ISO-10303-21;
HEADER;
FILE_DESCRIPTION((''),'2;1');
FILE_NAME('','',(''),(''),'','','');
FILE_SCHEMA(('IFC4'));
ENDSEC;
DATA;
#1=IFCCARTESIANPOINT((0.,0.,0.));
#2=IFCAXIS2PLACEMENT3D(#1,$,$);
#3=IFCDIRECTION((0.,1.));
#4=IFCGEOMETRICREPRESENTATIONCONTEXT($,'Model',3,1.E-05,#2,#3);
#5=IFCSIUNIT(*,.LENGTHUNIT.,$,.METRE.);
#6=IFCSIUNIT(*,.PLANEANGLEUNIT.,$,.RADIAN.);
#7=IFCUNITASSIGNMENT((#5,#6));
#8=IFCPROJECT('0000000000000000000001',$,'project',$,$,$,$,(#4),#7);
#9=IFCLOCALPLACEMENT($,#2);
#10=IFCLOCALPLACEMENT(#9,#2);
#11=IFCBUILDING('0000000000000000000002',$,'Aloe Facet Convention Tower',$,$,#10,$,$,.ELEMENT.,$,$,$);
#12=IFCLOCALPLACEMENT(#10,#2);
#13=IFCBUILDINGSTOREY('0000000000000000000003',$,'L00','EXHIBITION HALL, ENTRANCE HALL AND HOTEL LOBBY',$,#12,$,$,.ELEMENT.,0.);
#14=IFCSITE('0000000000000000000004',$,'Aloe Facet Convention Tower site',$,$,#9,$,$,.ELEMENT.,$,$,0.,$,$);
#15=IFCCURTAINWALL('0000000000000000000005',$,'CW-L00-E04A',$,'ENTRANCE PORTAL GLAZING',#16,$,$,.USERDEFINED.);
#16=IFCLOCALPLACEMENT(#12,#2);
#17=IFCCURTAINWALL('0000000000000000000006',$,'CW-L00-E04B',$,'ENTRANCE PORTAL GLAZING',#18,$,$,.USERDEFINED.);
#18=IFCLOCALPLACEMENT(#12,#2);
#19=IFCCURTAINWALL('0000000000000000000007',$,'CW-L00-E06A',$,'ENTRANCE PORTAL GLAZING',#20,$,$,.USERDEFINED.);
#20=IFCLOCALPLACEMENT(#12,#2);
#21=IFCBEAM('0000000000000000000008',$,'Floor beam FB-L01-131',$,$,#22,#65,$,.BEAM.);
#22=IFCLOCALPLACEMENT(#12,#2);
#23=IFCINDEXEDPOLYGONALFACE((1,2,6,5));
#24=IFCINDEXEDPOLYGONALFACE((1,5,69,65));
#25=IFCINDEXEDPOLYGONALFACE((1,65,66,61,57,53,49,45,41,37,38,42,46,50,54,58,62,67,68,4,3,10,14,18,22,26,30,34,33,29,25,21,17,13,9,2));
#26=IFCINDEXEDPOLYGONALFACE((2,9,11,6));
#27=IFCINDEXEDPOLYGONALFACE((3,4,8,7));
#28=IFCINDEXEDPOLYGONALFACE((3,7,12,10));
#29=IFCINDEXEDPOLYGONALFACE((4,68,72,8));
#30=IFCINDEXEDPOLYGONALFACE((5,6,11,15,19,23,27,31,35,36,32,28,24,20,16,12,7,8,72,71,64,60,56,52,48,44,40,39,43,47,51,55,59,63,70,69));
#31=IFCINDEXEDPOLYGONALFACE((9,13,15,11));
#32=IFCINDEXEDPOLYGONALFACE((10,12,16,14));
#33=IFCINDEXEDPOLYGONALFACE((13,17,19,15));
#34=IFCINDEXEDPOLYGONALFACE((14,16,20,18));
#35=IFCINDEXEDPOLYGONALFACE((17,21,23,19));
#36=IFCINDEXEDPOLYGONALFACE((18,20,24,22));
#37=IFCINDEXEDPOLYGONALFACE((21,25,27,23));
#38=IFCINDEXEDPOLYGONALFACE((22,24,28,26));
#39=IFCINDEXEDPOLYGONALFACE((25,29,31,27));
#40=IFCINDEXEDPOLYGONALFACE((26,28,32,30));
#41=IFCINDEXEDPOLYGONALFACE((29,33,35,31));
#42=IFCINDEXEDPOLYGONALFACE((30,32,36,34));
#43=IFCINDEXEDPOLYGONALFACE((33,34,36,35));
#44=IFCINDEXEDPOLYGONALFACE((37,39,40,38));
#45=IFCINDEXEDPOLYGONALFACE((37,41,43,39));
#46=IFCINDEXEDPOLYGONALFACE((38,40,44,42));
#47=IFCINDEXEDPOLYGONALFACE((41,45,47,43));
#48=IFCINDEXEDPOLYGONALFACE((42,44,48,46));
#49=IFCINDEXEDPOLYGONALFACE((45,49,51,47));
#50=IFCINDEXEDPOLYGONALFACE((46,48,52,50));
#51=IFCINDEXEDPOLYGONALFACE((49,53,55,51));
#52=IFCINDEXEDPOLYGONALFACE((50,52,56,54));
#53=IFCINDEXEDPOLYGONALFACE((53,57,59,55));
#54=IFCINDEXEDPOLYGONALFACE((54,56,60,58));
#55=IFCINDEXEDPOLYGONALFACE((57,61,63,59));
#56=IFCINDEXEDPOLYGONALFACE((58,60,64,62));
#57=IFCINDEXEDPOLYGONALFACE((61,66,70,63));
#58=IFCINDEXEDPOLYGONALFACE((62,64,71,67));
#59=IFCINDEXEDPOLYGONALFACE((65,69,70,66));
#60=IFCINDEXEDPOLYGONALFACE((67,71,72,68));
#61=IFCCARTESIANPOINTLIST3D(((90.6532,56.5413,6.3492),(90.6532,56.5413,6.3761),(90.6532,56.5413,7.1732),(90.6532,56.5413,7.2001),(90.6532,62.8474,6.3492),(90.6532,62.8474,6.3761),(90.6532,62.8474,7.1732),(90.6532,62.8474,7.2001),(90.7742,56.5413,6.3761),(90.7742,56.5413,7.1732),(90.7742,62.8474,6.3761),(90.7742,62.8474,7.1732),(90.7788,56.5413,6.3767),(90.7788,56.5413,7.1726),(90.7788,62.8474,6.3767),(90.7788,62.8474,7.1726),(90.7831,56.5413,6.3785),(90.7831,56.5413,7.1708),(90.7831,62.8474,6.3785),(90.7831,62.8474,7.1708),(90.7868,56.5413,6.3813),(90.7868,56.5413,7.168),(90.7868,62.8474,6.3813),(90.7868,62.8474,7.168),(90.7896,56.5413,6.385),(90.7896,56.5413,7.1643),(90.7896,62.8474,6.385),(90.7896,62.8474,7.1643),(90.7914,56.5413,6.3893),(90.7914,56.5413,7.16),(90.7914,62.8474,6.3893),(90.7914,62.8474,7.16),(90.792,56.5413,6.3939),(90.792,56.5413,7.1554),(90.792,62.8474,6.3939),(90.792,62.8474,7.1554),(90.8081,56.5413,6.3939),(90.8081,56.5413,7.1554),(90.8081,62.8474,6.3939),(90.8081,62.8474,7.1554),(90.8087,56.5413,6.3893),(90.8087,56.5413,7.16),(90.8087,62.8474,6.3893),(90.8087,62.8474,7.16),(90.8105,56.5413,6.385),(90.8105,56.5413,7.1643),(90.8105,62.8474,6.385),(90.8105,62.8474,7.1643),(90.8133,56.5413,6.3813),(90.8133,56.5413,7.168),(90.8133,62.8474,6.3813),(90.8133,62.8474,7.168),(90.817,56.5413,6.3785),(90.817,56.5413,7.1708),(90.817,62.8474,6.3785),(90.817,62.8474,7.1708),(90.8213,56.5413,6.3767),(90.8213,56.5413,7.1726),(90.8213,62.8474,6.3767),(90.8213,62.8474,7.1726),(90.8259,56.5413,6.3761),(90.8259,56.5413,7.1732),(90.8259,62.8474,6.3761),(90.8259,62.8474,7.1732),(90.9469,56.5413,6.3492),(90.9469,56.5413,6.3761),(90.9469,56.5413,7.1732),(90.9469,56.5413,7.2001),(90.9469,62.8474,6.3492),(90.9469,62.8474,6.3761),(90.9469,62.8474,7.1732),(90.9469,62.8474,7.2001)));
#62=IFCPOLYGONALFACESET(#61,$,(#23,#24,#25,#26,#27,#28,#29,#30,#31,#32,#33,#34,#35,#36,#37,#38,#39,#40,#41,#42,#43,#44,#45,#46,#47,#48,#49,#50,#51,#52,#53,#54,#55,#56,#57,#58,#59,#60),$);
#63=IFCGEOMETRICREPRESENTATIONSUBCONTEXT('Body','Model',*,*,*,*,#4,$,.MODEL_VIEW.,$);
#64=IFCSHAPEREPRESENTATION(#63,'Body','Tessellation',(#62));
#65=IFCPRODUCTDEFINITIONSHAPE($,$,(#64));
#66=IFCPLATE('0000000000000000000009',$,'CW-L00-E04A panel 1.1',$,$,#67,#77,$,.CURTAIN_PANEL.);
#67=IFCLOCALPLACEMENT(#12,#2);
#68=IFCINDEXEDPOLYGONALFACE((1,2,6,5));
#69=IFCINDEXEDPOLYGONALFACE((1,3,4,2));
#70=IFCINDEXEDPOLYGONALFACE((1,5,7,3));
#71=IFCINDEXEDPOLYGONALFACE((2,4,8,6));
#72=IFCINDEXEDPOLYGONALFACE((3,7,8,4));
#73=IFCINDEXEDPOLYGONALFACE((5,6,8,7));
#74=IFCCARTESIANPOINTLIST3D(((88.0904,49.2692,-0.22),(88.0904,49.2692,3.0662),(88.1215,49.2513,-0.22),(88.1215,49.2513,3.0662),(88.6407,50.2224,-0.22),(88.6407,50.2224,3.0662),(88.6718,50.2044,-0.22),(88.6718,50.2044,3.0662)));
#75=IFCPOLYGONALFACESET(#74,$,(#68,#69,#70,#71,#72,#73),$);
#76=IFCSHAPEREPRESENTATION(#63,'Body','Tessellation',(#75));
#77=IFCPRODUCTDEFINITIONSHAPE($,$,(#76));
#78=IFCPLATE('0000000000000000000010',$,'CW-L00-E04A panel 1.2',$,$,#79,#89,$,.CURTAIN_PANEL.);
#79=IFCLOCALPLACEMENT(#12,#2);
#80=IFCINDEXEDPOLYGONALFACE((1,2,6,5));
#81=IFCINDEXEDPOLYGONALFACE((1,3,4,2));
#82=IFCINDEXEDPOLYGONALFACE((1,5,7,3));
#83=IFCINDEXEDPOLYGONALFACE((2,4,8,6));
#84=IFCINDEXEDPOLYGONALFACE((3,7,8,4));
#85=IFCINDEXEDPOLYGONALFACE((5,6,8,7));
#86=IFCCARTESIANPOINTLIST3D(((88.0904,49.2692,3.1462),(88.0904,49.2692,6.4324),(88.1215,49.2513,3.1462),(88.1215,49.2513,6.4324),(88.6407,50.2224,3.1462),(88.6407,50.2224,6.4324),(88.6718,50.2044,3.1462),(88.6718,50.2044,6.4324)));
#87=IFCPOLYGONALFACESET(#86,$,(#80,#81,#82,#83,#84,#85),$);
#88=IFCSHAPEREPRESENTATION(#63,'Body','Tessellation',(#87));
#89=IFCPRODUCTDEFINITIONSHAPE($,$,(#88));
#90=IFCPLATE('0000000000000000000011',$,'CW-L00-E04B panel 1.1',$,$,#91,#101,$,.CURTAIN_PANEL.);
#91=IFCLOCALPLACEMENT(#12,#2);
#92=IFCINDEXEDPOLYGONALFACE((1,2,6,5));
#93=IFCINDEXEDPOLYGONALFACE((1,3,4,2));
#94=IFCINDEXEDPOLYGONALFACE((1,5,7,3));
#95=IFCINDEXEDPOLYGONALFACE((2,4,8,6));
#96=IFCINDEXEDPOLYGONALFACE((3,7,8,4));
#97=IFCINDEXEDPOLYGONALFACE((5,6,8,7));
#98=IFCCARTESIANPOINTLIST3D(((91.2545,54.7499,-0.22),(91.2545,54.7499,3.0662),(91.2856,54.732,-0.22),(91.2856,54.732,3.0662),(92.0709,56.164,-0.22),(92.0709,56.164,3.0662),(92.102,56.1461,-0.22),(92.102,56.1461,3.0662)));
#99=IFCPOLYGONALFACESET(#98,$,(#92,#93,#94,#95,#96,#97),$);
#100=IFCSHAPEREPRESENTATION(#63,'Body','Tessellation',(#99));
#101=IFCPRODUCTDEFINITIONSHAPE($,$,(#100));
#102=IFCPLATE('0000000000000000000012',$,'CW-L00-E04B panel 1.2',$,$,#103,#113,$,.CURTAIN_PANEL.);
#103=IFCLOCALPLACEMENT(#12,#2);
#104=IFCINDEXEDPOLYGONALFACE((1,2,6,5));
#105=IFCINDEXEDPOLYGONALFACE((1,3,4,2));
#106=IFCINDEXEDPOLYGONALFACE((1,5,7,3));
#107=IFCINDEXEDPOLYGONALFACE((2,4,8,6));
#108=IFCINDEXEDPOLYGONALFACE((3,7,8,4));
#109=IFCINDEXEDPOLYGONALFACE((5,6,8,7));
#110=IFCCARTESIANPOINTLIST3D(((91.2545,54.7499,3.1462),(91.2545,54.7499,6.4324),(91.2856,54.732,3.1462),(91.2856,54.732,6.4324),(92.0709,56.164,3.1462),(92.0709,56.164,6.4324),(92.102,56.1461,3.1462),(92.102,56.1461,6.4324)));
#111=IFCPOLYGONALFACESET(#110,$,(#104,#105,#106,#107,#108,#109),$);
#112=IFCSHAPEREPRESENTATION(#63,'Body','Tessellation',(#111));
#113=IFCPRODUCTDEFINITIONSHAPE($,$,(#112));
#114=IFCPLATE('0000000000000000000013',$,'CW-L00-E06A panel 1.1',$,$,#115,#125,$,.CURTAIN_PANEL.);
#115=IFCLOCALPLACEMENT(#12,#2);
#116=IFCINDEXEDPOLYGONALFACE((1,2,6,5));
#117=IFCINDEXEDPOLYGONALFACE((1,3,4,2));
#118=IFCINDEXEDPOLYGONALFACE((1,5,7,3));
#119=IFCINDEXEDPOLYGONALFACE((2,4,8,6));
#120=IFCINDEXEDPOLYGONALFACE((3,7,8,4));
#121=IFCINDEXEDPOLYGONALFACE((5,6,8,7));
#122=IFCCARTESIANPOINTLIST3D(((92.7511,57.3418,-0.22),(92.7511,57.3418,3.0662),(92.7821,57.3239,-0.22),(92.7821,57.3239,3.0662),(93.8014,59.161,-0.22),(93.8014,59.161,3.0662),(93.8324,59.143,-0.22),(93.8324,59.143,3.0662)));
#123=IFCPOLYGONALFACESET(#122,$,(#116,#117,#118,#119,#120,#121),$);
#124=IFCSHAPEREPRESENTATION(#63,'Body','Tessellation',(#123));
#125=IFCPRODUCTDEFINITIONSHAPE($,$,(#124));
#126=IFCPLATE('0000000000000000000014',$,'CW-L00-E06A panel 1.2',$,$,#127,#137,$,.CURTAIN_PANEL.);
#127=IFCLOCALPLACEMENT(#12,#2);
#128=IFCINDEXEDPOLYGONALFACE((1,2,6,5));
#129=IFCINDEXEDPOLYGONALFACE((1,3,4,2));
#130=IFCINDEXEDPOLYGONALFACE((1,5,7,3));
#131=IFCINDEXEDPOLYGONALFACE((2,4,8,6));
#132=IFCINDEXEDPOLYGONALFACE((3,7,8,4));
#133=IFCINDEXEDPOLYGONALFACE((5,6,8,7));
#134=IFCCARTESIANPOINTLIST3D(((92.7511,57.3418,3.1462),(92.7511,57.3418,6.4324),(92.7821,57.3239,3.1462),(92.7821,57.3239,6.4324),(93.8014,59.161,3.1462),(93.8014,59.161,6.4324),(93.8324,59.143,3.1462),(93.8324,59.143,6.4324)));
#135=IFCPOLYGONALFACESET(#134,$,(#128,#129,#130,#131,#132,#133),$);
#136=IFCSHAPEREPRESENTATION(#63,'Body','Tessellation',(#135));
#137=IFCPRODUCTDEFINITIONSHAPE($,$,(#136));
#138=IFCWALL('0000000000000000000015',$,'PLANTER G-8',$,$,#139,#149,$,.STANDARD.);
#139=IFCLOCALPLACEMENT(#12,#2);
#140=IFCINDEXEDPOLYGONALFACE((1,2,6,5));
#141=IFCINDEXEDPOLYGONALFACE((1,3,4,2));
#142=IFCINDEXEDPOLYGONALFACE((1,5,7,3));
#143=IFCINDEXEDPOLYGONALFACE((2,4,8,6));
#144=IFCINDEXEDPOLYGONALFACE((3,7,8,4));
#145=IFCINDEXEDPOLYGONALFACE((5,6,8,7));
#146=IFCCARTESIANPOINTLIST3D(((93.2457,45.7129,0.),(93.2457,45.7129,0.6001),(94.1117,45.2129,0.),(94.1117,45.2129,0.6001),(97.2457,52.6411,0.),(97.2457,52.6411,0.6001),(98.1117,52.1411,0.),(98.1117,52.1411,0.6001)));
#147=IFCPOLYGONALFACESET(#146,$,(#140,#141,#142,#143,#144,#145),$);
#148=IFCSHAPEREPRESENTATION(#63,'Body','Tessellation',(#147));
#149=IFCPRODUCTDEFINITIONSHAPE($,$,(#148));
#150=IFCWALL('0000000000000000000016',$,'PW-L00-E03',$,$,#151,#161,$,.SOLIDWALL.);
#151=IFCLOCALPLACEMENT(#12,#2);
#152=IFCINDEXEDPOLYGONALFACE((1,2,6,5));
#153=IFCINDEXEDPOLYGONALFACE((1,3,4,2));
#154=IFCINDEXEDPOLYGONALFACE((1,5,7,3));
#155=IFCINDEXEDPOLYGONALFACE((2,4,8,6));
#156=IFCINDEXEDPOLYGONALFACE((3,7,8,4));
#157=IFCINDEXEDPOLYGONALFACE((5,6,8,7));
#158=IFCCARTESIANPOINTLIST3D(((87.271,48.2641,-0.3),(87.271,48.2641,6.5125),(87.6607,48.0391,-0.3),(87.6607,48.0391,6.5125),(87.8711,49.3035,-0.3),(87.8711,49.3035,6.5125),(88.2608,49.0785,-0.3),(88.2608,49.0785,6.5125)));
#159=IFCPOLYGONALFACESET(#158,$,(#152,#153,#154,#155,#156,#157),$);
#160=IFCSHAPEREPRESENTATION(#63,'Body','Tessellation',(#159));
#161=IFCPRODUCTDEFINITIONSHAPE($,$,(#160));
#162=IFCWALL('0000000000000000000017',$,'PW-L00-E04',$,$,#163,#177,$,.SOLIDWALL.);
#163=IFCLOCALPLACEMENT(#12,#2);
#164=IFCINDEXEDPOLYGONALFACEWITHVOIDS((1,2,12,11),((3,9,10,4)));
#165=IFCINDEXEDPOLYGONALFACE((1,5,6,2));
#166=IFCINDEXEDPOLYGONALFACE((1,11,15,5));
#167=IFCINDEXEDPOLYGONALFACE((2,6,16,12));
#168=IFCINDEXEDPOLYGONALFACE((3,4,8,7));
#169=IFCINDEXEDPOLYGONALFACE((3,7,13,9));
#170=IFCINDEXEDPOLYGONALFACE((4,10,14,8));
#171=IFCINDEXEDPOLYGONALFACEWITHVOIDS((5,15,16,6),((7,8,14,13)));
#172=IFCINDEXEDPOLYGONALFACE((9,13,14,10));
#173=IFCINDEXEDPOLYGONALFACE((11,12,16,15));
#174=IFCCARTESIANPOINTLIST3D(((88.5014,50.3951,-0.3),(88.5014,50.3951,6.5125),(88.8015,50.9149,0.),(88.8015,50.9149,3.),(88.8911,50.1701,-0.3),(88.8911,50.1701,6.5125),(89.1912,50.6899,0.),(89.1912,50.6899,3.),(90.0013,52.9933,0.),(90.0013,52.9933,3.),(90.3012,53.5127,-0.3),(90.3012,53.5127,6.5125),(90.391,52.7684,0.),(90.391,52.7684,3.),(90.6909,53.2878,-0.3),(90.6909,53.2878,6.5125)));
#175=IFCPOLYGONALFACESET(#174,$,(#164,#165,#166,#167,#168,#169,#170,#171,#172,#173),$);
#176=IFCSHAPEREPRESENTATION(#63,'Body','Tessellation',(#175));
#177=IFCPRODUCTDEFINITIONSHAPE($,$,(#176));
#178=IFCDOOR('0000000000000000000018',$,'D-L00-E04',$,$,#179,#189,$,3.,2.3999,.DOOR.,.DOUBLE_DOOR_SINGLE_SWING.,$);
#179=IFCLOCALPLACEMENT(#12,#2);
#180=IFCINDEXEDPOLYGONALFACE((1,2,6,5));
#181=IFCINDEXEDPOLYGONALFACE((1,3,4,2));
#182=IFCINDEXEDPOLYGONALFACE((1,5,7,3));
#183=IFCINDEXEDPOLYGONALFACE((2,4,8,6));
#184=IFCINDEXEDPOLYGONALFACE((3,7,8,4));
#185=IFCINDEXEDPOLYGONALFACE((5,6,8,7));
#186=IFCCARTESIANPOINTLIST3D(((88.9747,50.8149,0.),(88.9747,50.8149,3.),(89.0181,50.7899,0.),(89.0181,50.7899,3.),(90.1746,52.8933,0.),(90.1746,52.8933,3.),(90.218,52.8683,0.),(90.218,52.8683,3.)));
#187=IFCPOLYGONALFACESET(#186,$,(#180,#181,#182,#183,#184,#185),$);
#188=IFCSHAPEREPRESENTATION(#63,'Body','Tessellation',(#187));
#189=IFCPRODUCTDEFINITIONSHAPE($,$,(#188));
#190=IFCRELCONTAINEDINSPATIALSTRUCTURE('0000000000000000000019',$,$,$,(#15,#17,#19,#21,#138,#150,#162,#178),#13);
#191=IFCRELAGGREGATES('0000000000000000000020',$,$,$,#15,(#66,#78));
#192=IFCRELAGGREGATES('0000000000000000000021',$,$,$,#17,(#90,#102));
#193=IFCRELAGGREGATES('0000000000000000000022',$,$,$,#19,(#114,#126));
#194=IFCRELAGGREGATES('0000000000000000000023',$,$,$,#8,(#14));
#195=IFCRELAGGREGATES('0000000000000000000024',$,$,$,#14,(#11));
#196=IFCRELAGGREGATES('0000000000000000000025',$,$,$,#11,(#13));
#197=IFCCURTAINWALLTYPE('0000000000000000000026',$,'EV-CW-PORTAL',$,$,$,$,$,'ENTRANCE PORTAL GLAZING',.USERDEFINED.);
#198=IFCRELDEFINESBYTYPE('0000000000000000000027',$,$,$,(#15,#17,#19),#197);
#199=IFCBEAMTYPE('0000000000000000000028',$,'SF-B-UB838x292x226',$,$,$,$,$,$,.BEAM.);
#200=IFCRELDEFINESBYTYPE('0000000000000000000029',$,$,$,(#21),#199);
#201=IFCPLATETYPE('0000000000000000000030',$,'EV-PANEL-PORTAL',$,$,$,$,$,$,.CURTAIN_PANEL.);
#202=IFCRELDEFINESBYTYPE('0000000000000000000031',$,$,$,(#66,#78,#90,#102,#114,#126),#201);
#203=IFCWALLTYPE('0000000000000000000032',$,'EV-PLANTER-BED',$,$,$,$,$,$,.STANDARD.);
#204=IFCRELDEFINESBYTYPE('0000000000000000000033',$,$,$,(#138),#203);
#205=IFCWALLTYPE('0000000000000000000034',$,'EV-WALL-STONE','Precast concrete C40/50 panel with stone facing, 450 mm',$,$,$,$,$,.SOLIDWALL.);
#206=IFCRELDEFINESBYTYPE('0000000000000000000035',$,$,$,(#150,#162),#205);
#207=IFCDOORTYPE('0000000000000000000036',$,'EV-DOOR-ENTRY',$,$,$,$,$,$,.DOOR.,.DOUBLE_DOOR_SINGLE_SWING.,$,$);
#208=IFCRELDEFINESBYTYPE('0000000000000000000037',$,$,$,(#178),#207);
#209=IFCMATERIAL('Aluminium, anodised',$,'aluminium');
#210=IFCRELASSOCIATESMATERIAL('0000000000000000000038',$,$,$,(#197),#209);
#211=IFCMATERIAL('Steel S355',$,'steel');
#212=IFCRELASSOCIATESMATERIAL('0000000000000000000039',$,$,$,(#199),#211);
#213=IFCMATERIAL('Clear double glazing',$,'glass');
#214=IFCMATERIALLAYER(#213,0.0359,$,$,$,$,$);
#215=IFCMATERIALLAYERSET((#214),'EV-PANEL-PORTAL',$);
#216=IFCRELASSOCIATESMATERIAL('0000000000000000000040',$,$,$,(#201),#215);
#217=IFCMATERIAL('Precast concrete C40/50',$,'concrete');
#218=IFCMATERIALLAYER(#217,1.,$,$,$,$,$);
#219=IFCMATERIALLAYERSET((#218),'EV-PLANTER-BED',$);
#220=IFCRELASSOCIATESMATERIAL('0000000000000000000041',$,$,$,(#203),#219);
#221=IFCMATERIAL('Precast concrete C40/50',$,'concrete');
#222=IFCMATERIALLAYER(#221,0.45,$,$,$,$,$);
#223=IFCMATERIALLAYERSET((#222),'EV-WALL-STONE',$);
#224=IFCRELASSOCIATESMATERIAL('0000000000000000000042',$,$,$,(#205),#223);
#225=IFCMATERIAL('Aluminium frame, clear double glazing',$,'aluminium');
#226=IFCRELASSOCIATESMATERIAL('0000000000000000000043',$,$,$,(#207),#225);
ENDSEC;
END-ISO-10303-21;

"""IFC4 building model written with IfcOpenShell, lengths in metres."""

from ifc_helpers import new_model, si_unit, direction, frame, frame_2d, origin, origin_2d, place, context, subcontext, project, spatial, rectangle, i_section, extrude, material, layer, layer_set, material_profile, profile_set, type_object, element, fill, aggregate, save


model = new_model("IFC4")

# Units and contexts
model_context = context("Model", 3, precision=1e-05, world=origin(), true_north=direction((0.0, 1.0)))
body_context = subcontext(model_context, "Body", "Model", "MODEL_VIEW")
ifc_project = project(units=[si_unit("LENGTHUNIT", "METRE"), si_unit("PLANEANGLEUNIT", "RADIAN")], contexts=[model_context])

# Site, building, storey
site_placement = place(None, origin())
site = spatial("IfcSite", under=ifc_project, at=site_placement, Name="Aloe Facet Convention Tower site", CompositionType="ELEMENT", RefElevation=0.0)
building_placement = place(site_placement, origin())
building = spatial("IfcBuilding", under=site, at=building_placement, Name="Aloe Facet Convention Tower", CompositionType="ELEMENT")
storey_placement = place(building_placement, origin())
storey = spatial("IfcBuildingStorey", under=building, at=storey_placement, Name="L00", Description="EXHIBITION HALL, ENTRANCE HALL AND HOTEL LOBBY", CompositionType="ELEMENT", Elevation=0.0)

# Curtain walls
ifc_material_1 = material(Name="Aluminium, anodised", Category="aluminium")
curtain_wall_type_1 = type_object("IfcCurtainWallType", Name="EV-CW-PORTAL", ElementType="ENTRANCE PORTAL GLAZING", PredefinedType="USERDEFINED", material=ifc_material_1)
curtain_wall_1_placement = place(storey_placement, origin())
curtain_wall_1 = element("IfcCurtainWall", 1, at=curtain_wall_1_placement, inside=storey, type_object=curtain_wall_type_1, Name="CW-L00-E04A", ObjectType="ENTRANCE PORTAL GLAZING", PredefinedType="USERDEFINED")
curtain_wall_2_placement = place(storey_placement, origin())
curtain_wall_2 = element("IfcCurtainWall", 2, at=curtain_wall_2_placement, inside=storey, type_object=curtain_wall_type_1, Name="CW-L00-E04B", ObjectType="ENTRANCE PORTAL GLAZING", PredefinedType="USERDEFINED")

# Curtain wall
curtain_wall_3_placement = place(storey_placement, origin())
curtain_wall_3 = element("IfcCurtainWall", 3, at=curtain_wall_3_placement, inside=storey, type_object=curtain_wall_type_1, Name="CW-L00-E06A", ObjectType="ENTRANCE PORTAL GLAZING", PredefinedType="USERDEFINED")

# Beam
ifc_material_2 = material(Name="Steel S355", Category="steel")
ifc_material_profile_1 = material_profile(ifc_material_2, i_section(OverallWidth=0.2937, OverallDepth=0.8508, WebThickness=0.0161, FlangeThickness=0.0269, FilletRadius=0.0178, at=origin_2d()), Name="UB 838x292x226")
ifc_profile_set_1 = profile_set([ifc_material_profile_1], Name="Steel S355")
beam_type_1 = type_object("IfcBeamType", Name="SF-B-UB838x292x226", PredefinedType="BEAM", material=ifc_profile_set_1)
beam_1_placement = place(storey_placement, frame((90.8, 56.5413, 6.7747), z_axis=(0.0, 1.0, 0.0), x_axis=(-1.0, 0.0, 0.0)))
element("IfcBeam", 4, at=beam_1_placement, inside=storey, type_object=beam_type_1, Name="Floor beam FB-L01-131", PredefinedType="BEAM", context=body_context, shape_type="SweptSolid", body=[
    extrude(i_section(OverallWidth=0.2937, OverallDepth=0.8508, WebThickness=0.0161, FlangeThickness=0.0269, FilletRadius=0.0178, at=origin_2d()), origin(), (0.0, 0.0, 1.0), 6.3062),
])

# Plates
ifc_material_3 = material(Name="Clear double glazing", Category="glass")
ifc_layer_1 = layer(ifc_material_3, 0.0359)
ifc_layer_set_1 = layer_set([ifc_layer_1], Name="EV-PANEL-PORTAL")
plate_type = type_object("IfcPlateType", Name="EV-PANEL-PORTAL", PredefinedType="CURTAIN_PANEL", material=ifc_layer_set_1)
plate_1_placement = place(storey_placement, frame((88.3811, 49.7368, -0.22), z_axis=(0.0, 0.0, 1.0), x_axis=(0.5, 0.866025, 0.0)))
plate_1 = element("IfcPlate", 5, at=plate_1_placement, type_object=plate_type, Name="CW-L00-E04A panel 1.1", PredefinedType="CURTAIN_PANEL", context=body_context, shape_type="SweptSolid", body=[
    extrude(rectangle(XDim=1.1006, YDim=0.0359, at=origin_2d()), origin(), (0.0, 0.0, 1.0), 3.2861),
])
plate_2_placement = place(storey_placement, frame((88.3811, 49.7368, 3.1462), z_axis=(0.0, 0.0, 1.0), x_axis=(0.5, 0.866025, 0.0)))
plate_2 = element("IfcPlate", 6, at=plate_2_placement, type_object=plate_type, Name="CW-L00-E04A panel 1.2", PredefinedType="CURTAIN_PANEL", context=body_context, shape_type="SweptSolid", body=[
    extrude(rectangle(XDim=1.1006, YDim=0.0359, at=origin_2d()), origin(), (0.0, 0.0, 1.0), 3.2861),
])
aggregate(curtain_wall_1, [plate_1, plate_2])
plate_3_placement = place(storey_placement, frame((91.6782, 55.448, -0.22), z_axis=(0.0, 0.0, 1.0), x_axis=(0.5, 0.866025, 0.0)))
plate_3 = element("IfcPlate", 7, at=plate_3_placement, type_object=plate_type, Name="CW-L00-E04B panel 1.1", PredefinedType="CURTAIN_PANEL", context=body_context, shape_type="SweptSolid", body=[
    extrude(rectangle(XDim=1.6328, YDim=0.0359, at=origin_2d()), origin(), (0.0, 0.0, 1.0), 3.2861),
])
plate_4_placement = place(storey_placement, frame((91.6782, 55.448, 3.1462), z_axis=(0.0, 0.0, 1.0), x_axis=(0.5, 0.866025, 0.0)))
plate_4 = element("IfcPlate", 8, at=plate_4_placement, type_object=plate_type, Name="CW-L00-E04B panel 1.2", PredefinedType="CURTAIN_PANEL", context=body_context, shape_type="SweptSolid", body=[
    extrude(rectangle(XDim=1.6328, YDim=0.0359, at=origin_2d()), origin(), (0.0, 0.0, 1.0), 3.2861),
])
aggregate(curtain_wall_2, [plate_3, plate_4])
plate_5_placement = place(storey_placement, frame((93.2917, 58.2424, -0.22), z_axis=(0.0, 0.0, 1.0), x_axis=(0.5, 0.866025, 0.0)))
plate_5 = element("IfcPlate", 9, at=plate_5_placement, type_object=plate_type, Name="CW-L00-E06A panel 1.1", PredefinedType="CURTAIN_PANEL", context=body_context, shape_type="SweptSolid", body=[
    extrude(rectangle(XDim=2.1006, YDim=0.0359, at=origin_2d()), origin(), (0.0, 0.0, 1.0), 3.2861),
])
plate_6_placement = place(storey_placement, frame((93.2917, 58.2424, 3.1462), z_axis=(0.0, 0.0, 1.0), x_axis=(0.5, 0.866025, 0.0)))
plate_6 = element("IfcPlate", 10, at=plate_6_placement, type_object=plate_type, Name="CW-L00-E06A panel 1.2", PredefinedType="CURTAIN_PANEL", context=body_context, shape_type="SweptSolid", body=[
    extrude(rectangle(XDim=2.1006, YDim=0.0359, at=origin_2d()), origin(), (0.0, 0.0, 1.0), 3.2861),
])
aggregate(curtain_wall_3, [plate_5, plate_6])

# Walls
ifc_material_4 = material(Name="Precast concrete C40/50", Category="concrete")
ifc_layer_2 = layer(ifc_material_4, 1.0)
ifc_layer_set_2 = layer_set([ifc_layer_2], Name="EV-PLANTER-BED")
wall_type_1 = type_object("IfcWallType", Name="EV-PLANTER-BED", PredefinedType="STANDARD", material=ifc_layer_set_2)
wall_1_placement = place(storey_placement, frame((97.6787, 52.3911, 0.0), z_axis=(0.0, 0.0, 1.0), x_axis=(-0.499999, -0.866026, 0.0)))
element("IfcWall", 11, at=wall_1_placement, inside=storey, type_object=wall_type_1, Name="PLANTER G-8", PredefinedType="STANDARD", context=body_context, shape_type="SweptSolid", body=[
    extrude(rectangle(XDim=8.0, YDim=1.0, at=frame_2d((4.0, 0.0))), origin(), (0.0, 0.0, 1.0), 0.6001),
])
ifc_material_5 = material(Name="Precast concrete C40/50", Category="concrete")
ifc_layer_3 = layer(ifc_material_5, 0.45)
ifc_layer_set_3 = layer_set([ifc_layer_3], Name="EV-WALL-STONE")
wall_type_2 = type_object("IfcWallType", Name="EV-WALL-STONE", Description="Precast concrete C40/50 panel with stone facing, 450 mm", PredefinedType="SOLIDWALL", material=ifc_layer_set_3)
wall_2_placement = place(storey_placement, frame((87.4658, 48.1516, -0.3), z_axis=(0.0, 0.0, 1.0), x_axis=(0.500034, 0.866006, 0.0)))
element("IfcWall", 12, at=wall_2_placement, inside=storey, type_object=wall_type_2, Name="PW-L00-E03", PredefinedType="SOLIDWALL", context=body_context, shape_type="SweptSolid", body=[
    extrude(rectangle(XDim=1.2002, YDim=0.45, at=frame_2d((0.6001, 0.0))), origin(), (0.0, 0.0, 1.0), 6.8125),
])

# Wall, opening, door
wall_3_placement = place(storey_placement, frame((88.6963, 50.2827, -0.3), z_axis=(0.0, 0.0, 1.0), x_axis=(0.499961, 0.866048, 0.0)))
wall_3 = element("IfcWall", 13, at=wall_3_placement, inside=storey, type_object=wall_type_2, Name="PW-L00-E04", PredefinedType="SOLIDWALL", context=body_context, shape_type="SweptSolid", body=[
    extrude(rectangle(XDim=3.5999, YDim=0.45, at=frame_2d((1.7998, 0.0))), origin(), (0.0, 0.0, 1.0), 6.8125),
])
opening_placement = place(wall_3_placement, frame((0.6001, 0.0, 0.3)))
opening = element("IfcOpeningElement", 14, at=opening_placement, cuts=wall_3, PredefinedType="OPENING", context=body_context, shape_type="SweptSolid", body=[
    extrude(rectangle(XDim=2.3999, YDim=3.0, at=frame_2d((1.2, 1.5))), frame((0.0, 0.2349, 0.0), z_axis=(0.0, -1.0, 0.0), x_axis=(1.0, 0.0, 0.0)), (0.0, 0.0, 1.0), 0.47),
])
ifc_material_6 = material(Name="Aluminium frame, clear double glazing", Category="aluminium")
door_type = type_object("IfcDoorType", Name="EV-DOOR-ENTRY", OperationType="DOUBLE_DOOR_SINGLE_SWING", PredefinedType="DOOR", material=ifc_material_6)
door_placement = place(opening_placement, origin())
door = element("IfcDoor", 15, at=door_placement, inside=storey, type_object=door_type, Name="D-L00-E04", OperationType="DOUBLE_DOOR_SINGLE_SWING", OverallHeight=3.0, OverallWidth=2.3999, PredefinedType="DOOR", context=body_context, shape_type="SweptSolid", body=[
    extrude(rectangle(XDim=2.3999, YDim=3.0, at=frame_2d((1.2, 1.5))), frame((0.0, 0.0249, 0.0), z_axis=(0.0, -1.0, 0.0), x_axis=(1.0, 0.0, 0.0)), (0.0, 0.0, 1.0), 0.05),
])
fill(opening, door)

save(model, "model.ifc")
